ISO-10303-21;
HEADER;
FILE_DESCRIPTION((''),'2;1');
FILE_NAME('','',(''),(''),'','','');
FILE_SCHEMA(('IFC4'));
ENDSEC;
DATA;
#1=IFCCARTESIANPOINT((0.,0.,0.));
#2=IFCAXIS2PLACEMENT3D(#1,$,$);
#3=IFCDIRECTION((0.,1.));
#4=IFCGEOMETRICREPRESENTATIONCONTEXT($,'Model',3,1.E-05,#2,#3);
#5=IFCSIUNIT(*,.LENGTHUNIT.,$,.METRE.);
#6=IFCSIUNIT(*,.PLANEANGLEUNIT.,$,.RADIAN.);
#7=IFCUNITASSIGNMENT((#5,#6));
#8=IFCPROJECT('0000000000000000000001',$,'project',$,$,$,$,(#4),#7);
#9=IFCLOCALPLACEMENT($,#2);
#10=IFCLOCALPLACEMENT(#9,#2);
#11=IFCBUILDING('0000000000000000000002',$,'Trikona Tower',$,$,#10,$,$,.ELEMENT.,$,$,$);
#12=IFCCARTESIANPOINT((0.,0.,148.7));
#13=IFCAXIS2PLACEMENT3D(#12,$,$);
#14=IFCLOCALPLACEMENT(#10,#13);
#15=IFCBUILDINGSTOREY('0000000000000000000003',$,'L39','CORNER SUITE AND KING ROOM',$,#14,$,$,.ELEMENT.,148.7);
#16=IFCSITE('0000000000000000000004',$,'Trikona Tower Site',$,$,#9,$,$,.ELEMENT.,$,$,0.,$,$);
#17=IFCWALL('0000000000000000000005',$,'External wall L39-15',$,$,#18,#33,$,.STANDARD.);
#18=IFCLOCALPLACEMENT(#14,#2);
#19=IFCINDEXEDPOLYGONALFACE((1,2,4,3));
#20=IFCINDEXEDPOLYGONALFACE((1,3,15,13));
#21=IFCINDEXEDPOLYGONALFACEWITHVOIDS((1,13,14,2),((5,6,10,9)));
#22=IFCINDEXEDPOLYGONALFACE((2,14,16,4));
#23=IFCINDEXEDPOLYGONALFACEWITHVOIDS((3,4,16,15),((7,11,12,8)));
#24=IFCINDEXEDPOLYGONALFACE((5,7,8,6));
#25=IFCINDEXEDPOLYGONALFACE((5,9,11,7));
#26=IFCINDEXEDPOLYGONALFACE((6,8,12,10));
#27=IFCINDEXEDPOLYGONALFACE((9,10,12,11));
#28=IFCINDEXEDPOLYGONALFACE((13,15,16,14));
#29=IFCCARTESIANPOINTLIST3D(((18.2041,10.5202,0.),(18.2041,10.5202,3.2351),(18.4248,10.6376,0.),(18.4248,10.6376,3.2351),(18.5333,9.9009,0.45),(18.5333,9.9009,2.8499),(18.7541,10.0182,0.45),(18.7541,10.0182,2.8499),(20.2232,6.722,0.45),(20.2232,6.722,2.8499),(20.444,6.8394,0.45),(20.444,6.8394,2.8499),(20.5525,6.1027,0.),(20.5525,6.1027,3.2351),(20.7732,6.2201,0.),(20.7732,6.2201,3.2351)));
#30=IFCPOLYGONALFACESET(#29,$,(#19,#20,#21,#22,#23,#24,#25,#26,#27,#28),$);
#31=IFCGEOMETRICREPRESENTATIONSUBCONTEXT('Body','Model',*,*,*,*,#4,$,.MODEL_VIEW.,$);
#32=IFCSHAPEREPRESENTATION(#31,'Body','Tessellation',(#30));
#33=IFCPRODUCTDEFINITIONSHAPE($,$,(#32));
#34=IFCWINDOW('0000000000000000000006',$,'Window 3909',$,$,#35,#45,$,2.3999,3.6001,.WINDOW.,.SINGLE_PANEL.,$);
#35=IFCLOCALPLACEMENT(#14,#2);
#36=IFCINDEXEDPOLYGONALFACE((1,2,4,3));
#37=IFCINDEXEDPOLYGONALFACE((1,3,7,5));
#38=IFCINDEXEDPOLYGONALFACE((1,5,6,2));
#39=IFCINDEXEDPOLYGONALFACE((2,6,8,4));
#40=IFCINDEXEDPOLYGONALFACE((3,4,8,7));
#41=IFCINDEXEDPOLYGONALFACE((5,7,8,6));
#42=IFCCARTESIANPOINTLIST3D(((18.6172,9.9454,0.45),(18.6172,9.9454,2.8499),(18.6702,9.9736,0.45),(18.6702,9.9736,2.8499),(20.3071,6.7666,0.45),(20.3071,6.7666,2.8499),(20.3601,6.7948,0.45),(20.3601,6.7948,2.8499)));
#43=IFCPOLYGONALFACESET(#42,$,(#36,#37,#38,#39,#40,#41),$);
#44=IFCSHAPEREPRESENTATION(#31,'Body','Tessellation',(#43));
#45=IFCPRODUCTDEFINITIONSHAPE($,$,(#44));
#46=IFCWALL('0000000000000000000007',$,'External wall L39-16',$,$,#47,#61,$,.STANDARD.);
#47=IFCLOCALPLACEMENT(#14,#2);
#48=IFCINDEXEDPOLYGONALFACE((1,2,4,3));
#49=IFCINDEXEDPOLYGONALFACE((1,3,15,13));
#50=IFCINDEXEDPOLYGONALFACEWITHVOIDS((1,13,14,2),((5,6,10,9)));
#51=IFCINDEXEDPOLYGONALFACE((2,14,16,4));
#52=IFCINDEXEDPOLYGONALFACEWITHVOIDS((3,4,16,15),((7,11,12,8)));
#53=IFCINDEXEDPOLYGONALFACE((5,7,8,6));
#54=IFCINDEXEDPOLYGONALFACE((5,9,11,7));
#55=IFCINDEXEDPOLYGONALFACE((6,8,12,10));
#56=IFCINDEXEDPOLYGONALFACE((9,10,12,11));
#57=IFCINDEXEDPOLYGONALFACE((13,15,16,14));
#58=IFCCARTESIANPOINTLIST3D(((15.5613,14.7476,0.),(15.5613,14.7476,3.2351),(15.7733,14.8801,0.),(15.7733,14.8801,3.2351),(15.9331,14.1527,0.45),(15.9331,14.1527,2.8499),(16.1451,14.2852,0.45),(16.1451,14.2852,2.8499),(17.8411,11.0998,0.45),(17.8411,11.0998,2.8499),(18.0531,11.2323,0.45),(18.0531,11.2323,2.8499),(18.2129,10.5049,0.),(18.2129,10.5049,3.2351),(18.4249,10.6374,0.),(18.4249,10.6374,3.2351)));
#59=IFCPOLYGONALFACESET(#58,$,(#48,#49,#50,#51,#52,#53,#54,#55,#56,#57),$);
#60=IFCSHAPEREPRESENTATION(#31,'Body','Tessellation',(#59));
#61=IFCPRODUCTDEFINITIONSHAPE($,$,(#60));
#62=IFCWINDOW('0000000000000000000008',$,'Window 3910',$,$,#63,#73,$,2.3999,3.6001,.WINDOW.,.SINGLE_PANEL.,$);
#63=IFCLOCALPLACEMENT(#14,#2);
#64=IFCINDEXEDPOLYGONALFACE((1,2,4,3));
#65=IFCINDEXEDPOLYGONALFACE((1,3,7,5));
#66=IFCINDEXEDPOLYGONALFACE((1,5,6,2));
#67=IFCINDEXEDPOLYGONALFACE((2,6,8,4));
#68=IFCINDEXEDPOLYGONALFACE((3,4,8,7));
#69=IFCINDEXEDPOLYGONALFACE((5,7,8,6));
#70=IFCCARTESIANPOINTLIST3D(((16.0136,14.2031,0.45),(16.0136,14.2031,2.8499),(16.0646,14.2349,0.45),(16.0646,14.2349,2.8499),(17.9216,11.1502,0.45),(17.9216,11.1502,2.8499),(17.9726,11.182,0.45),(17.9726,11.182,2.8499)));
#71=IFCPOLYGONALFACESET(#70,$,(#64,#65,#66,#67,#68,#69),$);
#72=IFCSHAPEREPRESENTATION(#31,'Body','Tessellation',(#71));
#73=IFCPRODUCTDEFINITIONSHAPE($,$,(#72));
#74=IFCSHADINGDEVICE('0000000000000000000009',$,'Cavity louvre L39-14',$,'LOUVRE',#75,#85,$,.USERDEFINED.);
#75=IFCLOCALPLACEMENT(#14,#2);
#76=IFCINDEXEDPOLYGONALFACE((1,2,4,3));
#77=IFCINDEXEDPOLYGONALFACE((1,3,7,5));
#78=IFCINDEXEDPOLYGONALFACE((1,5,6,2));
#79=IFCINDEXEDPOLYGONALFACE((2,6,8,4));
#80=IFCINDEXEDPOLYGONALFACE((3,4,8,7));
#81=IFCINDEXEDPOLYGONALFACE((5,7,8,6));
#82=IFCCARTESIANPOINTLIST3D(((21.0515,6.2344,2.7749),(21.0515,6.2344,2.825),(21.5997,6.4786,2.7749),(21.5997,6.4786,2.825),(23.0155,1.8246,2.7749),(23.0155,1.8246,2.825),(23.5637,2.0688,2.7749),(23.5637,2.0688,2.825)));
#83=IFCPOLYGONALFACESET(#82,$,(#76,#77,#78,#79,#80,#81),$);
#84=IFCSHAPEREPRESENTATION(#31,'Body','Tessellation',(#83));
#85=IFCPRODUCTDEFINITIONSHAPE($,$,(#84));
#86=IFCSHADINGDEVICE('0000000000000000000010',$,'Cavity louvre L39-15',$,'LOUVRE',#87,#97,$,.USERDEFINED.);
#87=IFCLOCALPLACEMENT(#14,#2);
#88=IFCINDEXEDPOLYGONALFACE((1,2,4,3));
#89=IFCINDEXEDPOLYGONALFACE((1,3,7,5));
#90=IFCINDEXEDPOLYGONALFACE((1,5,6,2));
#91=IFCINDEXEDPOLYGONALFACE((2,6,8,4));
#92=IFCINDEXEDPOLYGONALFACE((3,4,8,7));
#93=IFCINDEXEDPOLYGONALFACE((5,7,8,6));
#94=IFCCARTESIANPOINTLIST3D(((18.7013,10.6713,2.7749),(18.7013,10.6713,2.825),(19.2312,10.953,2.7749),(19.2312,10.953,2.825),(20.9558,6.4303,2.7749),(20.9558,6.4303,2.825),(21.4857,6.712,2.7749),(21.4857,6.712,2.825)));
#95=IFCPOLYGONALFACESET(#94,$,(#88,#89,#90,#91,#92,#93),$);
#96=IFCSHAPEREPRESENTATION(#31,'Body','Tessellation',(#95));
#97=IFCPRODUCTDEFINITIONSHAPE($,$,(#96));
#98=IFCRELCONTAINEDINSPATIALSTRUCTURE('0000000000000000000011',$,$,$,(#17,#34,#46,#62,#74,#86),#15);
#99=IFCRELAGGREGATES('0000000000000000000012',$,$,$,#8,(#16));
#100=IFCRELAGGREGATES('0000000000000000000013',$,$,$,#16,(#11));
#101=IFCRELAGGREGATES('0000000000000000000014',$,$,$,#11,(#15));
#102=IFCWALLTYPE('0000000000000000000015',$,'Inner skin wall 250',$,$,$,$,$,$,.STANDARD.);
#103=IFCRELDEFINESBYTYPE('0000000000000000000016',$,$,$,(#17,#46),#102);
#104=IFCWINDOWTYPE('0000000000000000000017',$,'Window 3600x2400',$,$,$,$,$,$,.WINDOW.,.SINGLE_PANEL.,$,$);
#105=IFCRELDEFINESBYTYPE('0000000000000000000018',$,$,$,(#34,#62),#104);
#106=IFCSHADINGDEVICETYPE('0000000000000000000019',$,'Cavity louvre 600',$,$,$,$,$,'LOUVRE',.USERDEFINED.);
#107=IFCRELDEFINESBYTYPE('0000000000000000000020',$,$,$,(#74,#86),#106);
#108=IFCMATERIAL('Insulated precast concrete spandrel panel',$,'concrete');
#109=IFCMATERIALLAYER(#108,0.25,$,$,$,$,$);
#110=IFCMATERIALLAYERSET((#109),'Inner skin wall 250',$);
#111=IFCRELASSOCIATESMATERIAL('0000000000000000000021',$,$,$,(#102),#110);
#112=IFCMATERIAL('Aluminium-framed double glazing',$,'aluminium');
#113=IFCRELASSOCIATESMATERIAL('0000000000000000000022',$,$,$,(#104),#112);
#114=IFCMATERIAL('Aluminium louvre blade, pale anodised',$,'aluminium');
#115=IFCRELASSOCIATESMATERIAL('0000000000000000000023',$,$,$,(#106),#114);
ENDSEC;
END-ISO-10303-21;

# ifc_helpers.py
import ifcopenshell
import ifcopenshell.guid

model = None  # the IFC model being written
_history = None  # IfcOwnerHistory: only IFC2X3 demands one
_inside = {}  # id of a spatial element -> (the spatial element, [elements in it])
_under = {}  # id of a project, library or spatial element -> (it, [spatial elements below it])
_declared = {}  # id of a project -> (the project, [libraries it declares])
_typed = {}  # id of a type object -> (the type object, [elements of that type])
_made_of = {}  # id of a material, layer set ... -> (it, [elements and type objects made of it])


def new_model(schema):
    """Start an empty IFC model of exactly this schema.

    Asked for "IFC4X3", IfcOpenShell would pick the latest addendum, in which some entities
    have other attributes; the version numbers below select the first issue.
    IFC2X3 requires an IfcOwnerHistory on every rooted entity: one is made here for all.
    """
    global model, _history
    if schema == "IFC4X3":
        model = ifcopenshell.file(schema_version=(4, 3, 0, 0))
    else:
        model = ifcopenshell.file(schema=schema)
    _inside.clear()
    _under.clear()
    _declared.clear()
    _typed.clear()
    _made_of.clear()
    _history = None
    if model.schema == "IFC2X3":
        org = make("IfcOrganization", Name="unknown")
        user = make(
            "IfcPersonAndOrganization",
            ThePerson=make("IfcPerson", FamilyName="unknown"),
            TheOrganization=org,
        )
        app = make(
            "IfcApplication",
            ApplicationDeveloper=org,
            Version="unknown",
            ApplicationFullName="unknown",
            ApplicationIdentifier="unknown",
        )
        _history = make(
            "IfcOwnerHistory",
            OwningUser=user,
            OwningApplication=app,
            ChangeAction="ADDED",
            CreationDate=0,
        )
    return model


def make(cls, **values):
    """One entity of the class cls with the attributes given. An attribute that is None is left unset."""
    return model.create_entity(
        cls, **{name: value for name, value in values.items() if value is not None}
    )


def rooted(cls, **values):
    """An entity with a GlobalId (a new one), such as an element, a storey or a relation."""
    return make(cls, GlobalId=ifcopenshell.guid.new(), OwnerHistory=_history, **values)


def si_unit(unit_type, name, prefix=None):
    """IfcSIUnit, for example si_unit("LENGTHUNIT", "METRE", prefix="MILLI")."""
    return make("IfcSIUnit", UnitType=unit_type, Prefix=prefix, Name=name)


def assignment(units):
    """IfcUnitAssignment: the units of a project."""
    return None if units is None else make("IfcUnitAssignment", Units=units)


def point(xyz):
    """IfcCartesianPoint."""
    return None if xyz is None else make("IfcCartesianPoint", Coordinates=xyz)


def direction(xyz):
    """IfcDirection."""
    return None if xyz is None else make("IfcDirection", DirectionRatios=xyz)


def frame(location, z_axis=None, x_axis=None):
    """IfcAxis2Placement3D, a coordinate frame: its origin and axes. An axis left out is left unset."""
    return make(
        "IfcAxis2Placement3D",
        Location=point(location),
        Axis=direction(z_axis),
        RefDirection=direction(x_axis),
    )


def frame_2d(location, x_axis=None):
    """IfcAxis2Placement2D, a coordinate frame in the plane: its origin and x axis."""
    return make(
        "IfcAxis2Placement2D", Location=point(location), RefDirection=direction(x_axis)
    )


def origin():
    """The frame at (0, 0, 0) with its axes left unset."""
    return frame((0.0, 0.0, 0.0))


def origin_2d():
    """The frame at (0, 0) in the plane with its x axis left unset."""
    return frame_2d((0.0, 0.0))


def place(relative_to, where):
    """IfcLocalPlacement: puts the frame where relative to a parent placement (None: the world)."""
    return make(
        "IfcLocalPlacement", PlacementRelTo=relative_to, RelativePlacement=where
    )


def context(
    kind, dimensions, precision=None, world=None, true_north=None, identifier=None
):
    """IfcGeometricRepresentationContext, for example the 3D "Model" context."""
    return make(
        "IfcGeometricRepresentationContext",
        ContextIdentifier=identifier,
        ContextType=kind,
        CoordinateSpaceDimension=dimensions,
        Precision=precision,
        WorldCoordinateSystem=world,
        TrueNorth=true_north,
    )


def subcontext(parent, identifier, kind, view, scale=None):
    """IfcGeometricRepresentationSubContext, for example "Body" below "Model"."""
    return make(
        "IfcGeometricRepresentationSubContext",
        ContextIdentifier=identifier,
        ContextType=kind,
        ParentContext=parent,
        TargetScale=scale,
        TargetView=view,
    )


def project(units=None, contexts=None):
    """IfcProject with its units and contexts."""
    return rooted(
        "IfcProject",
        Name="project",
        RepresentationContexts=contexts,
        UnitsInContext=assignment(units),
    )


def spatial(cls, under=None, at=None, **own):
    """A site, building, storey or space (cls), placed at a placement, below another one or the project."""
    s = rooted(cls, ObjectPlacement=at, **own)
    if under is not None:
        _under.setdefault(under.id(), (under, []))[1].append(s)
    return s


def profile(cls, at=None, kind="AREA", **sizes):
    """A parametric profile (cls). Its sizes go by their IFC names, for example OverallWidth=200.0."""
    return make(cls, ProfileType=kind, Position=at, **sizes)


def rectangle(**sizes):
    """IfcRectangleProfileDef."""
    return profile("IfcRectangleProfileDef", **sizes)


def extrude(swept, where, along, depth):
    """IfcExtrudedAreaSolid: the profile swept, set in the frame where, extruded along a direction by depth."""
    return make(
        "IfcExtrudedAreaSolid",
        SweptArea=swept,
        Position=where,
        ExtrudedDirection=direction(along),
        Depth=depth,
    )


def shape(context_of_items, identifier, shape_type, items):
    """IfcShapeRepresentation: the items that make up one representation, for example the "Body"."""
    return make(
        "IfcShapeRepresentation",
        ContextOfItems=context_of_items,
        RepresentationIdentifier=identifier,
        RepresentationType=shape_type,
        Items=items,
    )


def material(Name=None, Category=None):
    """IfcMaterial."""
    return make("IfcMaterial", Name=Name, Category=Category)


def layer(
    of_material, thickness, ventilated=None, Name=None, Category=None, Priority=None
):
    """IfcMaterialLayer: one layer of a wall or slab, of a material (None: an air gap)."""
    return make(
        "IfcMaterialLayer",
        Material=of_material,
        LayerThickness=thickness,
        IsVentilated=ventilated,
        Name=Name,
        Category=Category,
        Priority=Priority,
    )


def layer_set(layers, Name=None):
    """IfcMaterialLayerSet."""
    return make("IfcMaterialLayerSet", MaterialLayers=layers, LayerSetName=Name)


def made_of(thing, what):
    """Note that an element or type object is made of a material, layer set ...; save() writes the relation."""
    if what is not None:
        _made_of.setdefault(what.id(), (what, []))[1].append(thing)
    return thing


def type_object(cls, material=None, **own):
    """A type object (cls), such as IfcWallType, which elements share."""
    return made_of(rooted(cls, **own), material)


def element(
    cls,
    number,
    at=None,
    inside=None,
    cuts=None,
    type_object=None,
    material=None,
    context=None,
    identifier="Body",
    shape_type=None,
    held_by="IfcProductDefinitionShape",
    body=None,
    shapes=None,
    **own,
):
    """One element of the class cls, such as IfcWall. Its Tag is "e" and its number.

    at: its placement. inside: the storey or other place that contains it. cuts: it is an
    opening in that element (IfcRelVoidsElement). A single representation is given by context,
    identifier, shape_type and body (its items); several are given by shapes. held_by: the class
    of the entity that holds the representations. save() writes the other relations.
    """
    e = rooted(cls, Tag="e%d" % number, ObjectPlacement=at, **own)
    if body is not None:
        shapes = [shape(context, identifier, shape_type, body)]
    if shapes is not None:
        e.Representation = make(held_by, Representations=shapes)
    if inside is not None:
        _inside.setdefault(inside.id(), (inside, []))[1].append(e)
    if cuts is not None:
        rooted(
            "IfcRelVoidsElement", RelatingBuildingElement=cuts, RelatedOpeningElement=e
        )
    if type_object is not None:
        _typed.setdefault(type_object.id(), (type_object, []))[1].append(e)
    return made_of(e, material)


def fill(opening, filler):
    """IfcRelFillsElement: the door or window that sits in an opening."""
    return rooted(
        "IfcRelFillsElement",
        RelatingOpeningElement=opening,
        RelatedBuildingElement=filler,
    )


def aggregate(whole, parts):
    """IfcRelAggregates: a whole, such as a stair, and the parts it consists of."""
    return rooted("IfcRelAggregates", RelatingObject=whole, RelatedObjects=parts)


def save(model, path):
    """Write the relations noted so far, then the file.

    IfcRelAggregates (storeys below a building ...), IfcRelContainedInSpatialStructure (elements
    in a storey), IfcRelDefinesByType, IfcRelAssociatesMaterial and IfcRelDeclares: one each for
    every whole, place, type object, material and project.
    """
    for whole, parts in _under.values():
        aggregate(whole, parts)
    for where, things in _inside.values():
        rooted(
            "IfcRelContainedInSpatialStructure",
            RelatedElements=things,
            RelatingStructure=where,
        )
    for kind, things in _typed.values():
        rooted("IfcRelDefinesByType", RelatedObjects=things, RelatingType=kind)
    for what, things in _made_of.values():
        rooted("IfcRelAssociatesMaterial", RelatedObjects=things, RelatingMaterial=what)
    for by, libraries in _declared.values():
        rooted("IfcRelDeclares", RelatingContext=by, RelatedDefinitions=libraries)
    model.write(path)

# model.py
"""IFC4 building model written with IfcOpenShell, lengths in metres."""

from ifc_helpers import new_model, si_unit, direction, frame, frame_2d, origin, origin_2d, place, context, subcontext, project, spatial, rectangle, extrude, material, layer, layer_set, type_object, element, fill, save


model = new_model("IFC4")

# Units and contexts
model_context = context("Model", 3, precision=1e-05, world=origin(), true_north=direction((0.0, 1.0)))
body_context = subcontext(model_context, "Body", "Model", "MODEL_VIEW")
ifc_project = project(units=[si_unit("LENGTHUNIT", "METRE"), si_unit("PLANEANGLEUNIT", "RADIAN")], contexts=[model_context])

# Site, building, storey
site_placement = place(None, origin())
site = spatial("IfcSite", under=ifc_project, at=site_placement, Name="Trikona Tower Site", CompositionType="ELEMENT", RefElevation=0.0)
building_placement = place(site_placement, origin())
building = spatial("IfcBuilding", under=site, at=building_placement, Name="Trikona Tower", CompositionType="ELEMENT")
storey_placement = place(building_placement, frame((0.0, 0.0, 148.7)))
storey = spatial("IfcBuildingStorey", under=building, at=storey_placement, Name="L39", Description="CORNER SUITE AND KING ROOM", CompositionType="ELEMENT", Elevation=148.7)

# Walls, openings, windows
ifc_material_1 = material(Name="Insulated precast concrete spandrel panel", Category="concrete")
ifc_layer_1 = layer(ifc_material_1, 0.25)
ifc_layer_set_1 = layer_set([ifc_layer_1], Name="Inner skin wall 250")
wall_type_1 = type_object("IfcWallType", Name="Inner skin wall 250", PredefinedType="STANDARD", material=ifc_layer_set_1)
ifc_material_2 = material(Name="Aluminium-framed double glazing", Category="aluminium")
window_type = type_object("IfcWindowType", Name="Window 3600x2400", PartitioningType="SINGLE_PANEL", PredefinedType="WINDOW", material=ifc_material_2)
wall_1_placement = place(storey_placement, frame((20.6628, 6.1614, 0.0), z_axis=(0.0, 0.0, 1.0), x_axis=(-0.469405, 0.882983, 0.0)))
wall_1 = element("IfcWall", 1, at=wall_1_placement, inside=storey, type_object=wall_type_1, Name="External wall L39-15", PredefinedType="STANDARD", context=body_context, shape_type="SweptSolid", body=[
    extrude(rectangle(XDim=5.0029, YDim=0.25, at=frame_2d((2.5015, 0.0))), origin(), (0.0, 0.0, 1.0), 3.2351),
])
opening_1_placement = place(wall_1_placement, frame((0.7014, 0.0, 0.45)))
opening_1 = element("IfcOpeningElement", 2, at=opening_1_placement, cuts=wall_1, PredefinedType="OPENING", context=body_context, shape_type="SweptSolid", body=[
    extrude(rectangle(XDim=3.6001, YDim=2.3999, at=frame_2d((1.8, 1.2))), frame((0.0, 0.135, 0.0), z_axis=(0.0, -1.0, 0.0), x_axis=(1.0, 0.0, 0.0)), (0.0, 0.0, 1.0), 0.27),
])
window_1_placement = place(opening_1_placement, origin())
window_1 = element("IfcWindow", 3, at=window_1_placement, inside=storey, type_object=window_type, Name="Window 3909", OverallHeight=2.3999, OverallWidth=3.6001, PartitioningType="SINGLE_PANEL", PredefinedType="WINDOW", context=body_context, shape_type="SweptSolid", body=[
    extrude(rectangle(XDim=3.6001, YDim=2.3999, at=frame_2d((1.8, 1.2))), frame((0.0, 0.03, 0.0), z_axis=(0.0, -1.0, 0.0), x_axis=(1.0, 0.0, 0.0)), (0.0, 0.0, 1.0), 0.0601),
])
fill(opening_1, window_1)
wall_2_placement = place(storey_placement, frame((18.3188, 10.5713, 0.0), z_axis=(0.0, 0.0, 1.0), x_axis=(-0.52999, 0.848004, 0.0)))
wall_2 = element("IfcWall", 4, at=wall_2_placement, inside=storey, type_object=wall_type_1, Name="External wall L39-16", PredefinedType="STANDARD", context=body_context, shape_type="SweptSolid", body=[
    extrude(rectangle(XDim=5.0032, YDim=0.25, at=frame_2d((2.5015, 0.0))), origin(), (0.0, 0.0, 1.0), 3.2351),
])
opening_2_placement = place(wall_2_placement, frame((0.7014, 0.0, 0.45)))
opening_2 = element("IfcOpeningElement", 5, at=opening_2_placement, cuts=wall_2, PredefinedType="OPENING", context=body_context, shape_type="SweptSolid", body=[
    extrude(rectangle(XDim=3.6001, YDim=2.3999, at=frame_2d((1.8, 1.2))), frame((0.0, 0.135, 0.0), z_axis=(0.0, -1.0, 0.0), x_axis=(1.0, 0.0, 0.0)), (0.0, 0.0, 1.0), 0.27),
])
window_2_placement = place(opening_2_placement, origin())
window_2 = element("IfcWindow", 6, at=window_2_placement, inside=storey, type_object=window_type, Name="Window 3910", OverallHeight=2.3999, OverallWidth=3.6001, PartitioningType="SINGLE_PANEL", PredefinedType="WINDOW", context=body_context, shape_type="SweptSolid", body=[
    extrude(rectangle(XDim=3.6001, YDim=2.3999, at=frame_2d((1.8, 1.2))), frame((0.0, 0.03, 0.0), z_axis=(0.0, -1.0, 0.0), x_axis=(1.0, 0.0, 0.0)), (0.0, 0.0, 1.0), 0.0601),
])
fill(opening_2, window_2)

# Shading devices
ifc_material_3 = material(Name="Aluminium louvre blade, pale anodised", Category="aluminium")
shading_device_type = type_object("IfcShadingDeviceType", Name="Cavity louvre 600", ElementType="LOUVRE", PredefinedType="USERDEFINED", material=ifc_material_3)
shading_device_1_placement = place(storey_placement, frame((22.3076, 4.1516, 2.7749), z_axis=(0.0, 0.0, 1.0), x_axis=(-0.406843, 0.913498, 0.0)))
element("IfcShadingDevice", 7, at=shading_device_1_placement, inside=storey, type_object=shading_device_type, Name="Cavity louvre L39-14", ObjectType="LOUVRE", PredefinedType="USERDEFINED", context=body_context, shape_type="SweptSolid", body=[
    extrude(rectangle(XDim=4.8274, YDim=0.6001, at=origin_2d()), origin(), (0.0, 0.0, 1.0), 0.05),
])
shading_device_2_placement = place(storey_placement, frame((20.0935, 8.6917, 2.7749), z_axis=(0.0, 0.0, 1.0), x_axis=(-0.469398, 0.882987, 0.0)))
element("IfcShadingDevice", 8, at=shading_device_2_placement, inside=storey, type_object=shading_device_type, Name="Cavity louvre L39-15", ObjectType="LOUVRE", PredefinedType="USERDEFINED", context=body_context, shape_type="SweptSolid", body=[
    extrude(rectangle(XDim=4.803, YDim=0.6001, at=origin_2d()), origin(), (0.0, 0.0, 1.0), 0.05),
])

save(model, "model.ifc")
